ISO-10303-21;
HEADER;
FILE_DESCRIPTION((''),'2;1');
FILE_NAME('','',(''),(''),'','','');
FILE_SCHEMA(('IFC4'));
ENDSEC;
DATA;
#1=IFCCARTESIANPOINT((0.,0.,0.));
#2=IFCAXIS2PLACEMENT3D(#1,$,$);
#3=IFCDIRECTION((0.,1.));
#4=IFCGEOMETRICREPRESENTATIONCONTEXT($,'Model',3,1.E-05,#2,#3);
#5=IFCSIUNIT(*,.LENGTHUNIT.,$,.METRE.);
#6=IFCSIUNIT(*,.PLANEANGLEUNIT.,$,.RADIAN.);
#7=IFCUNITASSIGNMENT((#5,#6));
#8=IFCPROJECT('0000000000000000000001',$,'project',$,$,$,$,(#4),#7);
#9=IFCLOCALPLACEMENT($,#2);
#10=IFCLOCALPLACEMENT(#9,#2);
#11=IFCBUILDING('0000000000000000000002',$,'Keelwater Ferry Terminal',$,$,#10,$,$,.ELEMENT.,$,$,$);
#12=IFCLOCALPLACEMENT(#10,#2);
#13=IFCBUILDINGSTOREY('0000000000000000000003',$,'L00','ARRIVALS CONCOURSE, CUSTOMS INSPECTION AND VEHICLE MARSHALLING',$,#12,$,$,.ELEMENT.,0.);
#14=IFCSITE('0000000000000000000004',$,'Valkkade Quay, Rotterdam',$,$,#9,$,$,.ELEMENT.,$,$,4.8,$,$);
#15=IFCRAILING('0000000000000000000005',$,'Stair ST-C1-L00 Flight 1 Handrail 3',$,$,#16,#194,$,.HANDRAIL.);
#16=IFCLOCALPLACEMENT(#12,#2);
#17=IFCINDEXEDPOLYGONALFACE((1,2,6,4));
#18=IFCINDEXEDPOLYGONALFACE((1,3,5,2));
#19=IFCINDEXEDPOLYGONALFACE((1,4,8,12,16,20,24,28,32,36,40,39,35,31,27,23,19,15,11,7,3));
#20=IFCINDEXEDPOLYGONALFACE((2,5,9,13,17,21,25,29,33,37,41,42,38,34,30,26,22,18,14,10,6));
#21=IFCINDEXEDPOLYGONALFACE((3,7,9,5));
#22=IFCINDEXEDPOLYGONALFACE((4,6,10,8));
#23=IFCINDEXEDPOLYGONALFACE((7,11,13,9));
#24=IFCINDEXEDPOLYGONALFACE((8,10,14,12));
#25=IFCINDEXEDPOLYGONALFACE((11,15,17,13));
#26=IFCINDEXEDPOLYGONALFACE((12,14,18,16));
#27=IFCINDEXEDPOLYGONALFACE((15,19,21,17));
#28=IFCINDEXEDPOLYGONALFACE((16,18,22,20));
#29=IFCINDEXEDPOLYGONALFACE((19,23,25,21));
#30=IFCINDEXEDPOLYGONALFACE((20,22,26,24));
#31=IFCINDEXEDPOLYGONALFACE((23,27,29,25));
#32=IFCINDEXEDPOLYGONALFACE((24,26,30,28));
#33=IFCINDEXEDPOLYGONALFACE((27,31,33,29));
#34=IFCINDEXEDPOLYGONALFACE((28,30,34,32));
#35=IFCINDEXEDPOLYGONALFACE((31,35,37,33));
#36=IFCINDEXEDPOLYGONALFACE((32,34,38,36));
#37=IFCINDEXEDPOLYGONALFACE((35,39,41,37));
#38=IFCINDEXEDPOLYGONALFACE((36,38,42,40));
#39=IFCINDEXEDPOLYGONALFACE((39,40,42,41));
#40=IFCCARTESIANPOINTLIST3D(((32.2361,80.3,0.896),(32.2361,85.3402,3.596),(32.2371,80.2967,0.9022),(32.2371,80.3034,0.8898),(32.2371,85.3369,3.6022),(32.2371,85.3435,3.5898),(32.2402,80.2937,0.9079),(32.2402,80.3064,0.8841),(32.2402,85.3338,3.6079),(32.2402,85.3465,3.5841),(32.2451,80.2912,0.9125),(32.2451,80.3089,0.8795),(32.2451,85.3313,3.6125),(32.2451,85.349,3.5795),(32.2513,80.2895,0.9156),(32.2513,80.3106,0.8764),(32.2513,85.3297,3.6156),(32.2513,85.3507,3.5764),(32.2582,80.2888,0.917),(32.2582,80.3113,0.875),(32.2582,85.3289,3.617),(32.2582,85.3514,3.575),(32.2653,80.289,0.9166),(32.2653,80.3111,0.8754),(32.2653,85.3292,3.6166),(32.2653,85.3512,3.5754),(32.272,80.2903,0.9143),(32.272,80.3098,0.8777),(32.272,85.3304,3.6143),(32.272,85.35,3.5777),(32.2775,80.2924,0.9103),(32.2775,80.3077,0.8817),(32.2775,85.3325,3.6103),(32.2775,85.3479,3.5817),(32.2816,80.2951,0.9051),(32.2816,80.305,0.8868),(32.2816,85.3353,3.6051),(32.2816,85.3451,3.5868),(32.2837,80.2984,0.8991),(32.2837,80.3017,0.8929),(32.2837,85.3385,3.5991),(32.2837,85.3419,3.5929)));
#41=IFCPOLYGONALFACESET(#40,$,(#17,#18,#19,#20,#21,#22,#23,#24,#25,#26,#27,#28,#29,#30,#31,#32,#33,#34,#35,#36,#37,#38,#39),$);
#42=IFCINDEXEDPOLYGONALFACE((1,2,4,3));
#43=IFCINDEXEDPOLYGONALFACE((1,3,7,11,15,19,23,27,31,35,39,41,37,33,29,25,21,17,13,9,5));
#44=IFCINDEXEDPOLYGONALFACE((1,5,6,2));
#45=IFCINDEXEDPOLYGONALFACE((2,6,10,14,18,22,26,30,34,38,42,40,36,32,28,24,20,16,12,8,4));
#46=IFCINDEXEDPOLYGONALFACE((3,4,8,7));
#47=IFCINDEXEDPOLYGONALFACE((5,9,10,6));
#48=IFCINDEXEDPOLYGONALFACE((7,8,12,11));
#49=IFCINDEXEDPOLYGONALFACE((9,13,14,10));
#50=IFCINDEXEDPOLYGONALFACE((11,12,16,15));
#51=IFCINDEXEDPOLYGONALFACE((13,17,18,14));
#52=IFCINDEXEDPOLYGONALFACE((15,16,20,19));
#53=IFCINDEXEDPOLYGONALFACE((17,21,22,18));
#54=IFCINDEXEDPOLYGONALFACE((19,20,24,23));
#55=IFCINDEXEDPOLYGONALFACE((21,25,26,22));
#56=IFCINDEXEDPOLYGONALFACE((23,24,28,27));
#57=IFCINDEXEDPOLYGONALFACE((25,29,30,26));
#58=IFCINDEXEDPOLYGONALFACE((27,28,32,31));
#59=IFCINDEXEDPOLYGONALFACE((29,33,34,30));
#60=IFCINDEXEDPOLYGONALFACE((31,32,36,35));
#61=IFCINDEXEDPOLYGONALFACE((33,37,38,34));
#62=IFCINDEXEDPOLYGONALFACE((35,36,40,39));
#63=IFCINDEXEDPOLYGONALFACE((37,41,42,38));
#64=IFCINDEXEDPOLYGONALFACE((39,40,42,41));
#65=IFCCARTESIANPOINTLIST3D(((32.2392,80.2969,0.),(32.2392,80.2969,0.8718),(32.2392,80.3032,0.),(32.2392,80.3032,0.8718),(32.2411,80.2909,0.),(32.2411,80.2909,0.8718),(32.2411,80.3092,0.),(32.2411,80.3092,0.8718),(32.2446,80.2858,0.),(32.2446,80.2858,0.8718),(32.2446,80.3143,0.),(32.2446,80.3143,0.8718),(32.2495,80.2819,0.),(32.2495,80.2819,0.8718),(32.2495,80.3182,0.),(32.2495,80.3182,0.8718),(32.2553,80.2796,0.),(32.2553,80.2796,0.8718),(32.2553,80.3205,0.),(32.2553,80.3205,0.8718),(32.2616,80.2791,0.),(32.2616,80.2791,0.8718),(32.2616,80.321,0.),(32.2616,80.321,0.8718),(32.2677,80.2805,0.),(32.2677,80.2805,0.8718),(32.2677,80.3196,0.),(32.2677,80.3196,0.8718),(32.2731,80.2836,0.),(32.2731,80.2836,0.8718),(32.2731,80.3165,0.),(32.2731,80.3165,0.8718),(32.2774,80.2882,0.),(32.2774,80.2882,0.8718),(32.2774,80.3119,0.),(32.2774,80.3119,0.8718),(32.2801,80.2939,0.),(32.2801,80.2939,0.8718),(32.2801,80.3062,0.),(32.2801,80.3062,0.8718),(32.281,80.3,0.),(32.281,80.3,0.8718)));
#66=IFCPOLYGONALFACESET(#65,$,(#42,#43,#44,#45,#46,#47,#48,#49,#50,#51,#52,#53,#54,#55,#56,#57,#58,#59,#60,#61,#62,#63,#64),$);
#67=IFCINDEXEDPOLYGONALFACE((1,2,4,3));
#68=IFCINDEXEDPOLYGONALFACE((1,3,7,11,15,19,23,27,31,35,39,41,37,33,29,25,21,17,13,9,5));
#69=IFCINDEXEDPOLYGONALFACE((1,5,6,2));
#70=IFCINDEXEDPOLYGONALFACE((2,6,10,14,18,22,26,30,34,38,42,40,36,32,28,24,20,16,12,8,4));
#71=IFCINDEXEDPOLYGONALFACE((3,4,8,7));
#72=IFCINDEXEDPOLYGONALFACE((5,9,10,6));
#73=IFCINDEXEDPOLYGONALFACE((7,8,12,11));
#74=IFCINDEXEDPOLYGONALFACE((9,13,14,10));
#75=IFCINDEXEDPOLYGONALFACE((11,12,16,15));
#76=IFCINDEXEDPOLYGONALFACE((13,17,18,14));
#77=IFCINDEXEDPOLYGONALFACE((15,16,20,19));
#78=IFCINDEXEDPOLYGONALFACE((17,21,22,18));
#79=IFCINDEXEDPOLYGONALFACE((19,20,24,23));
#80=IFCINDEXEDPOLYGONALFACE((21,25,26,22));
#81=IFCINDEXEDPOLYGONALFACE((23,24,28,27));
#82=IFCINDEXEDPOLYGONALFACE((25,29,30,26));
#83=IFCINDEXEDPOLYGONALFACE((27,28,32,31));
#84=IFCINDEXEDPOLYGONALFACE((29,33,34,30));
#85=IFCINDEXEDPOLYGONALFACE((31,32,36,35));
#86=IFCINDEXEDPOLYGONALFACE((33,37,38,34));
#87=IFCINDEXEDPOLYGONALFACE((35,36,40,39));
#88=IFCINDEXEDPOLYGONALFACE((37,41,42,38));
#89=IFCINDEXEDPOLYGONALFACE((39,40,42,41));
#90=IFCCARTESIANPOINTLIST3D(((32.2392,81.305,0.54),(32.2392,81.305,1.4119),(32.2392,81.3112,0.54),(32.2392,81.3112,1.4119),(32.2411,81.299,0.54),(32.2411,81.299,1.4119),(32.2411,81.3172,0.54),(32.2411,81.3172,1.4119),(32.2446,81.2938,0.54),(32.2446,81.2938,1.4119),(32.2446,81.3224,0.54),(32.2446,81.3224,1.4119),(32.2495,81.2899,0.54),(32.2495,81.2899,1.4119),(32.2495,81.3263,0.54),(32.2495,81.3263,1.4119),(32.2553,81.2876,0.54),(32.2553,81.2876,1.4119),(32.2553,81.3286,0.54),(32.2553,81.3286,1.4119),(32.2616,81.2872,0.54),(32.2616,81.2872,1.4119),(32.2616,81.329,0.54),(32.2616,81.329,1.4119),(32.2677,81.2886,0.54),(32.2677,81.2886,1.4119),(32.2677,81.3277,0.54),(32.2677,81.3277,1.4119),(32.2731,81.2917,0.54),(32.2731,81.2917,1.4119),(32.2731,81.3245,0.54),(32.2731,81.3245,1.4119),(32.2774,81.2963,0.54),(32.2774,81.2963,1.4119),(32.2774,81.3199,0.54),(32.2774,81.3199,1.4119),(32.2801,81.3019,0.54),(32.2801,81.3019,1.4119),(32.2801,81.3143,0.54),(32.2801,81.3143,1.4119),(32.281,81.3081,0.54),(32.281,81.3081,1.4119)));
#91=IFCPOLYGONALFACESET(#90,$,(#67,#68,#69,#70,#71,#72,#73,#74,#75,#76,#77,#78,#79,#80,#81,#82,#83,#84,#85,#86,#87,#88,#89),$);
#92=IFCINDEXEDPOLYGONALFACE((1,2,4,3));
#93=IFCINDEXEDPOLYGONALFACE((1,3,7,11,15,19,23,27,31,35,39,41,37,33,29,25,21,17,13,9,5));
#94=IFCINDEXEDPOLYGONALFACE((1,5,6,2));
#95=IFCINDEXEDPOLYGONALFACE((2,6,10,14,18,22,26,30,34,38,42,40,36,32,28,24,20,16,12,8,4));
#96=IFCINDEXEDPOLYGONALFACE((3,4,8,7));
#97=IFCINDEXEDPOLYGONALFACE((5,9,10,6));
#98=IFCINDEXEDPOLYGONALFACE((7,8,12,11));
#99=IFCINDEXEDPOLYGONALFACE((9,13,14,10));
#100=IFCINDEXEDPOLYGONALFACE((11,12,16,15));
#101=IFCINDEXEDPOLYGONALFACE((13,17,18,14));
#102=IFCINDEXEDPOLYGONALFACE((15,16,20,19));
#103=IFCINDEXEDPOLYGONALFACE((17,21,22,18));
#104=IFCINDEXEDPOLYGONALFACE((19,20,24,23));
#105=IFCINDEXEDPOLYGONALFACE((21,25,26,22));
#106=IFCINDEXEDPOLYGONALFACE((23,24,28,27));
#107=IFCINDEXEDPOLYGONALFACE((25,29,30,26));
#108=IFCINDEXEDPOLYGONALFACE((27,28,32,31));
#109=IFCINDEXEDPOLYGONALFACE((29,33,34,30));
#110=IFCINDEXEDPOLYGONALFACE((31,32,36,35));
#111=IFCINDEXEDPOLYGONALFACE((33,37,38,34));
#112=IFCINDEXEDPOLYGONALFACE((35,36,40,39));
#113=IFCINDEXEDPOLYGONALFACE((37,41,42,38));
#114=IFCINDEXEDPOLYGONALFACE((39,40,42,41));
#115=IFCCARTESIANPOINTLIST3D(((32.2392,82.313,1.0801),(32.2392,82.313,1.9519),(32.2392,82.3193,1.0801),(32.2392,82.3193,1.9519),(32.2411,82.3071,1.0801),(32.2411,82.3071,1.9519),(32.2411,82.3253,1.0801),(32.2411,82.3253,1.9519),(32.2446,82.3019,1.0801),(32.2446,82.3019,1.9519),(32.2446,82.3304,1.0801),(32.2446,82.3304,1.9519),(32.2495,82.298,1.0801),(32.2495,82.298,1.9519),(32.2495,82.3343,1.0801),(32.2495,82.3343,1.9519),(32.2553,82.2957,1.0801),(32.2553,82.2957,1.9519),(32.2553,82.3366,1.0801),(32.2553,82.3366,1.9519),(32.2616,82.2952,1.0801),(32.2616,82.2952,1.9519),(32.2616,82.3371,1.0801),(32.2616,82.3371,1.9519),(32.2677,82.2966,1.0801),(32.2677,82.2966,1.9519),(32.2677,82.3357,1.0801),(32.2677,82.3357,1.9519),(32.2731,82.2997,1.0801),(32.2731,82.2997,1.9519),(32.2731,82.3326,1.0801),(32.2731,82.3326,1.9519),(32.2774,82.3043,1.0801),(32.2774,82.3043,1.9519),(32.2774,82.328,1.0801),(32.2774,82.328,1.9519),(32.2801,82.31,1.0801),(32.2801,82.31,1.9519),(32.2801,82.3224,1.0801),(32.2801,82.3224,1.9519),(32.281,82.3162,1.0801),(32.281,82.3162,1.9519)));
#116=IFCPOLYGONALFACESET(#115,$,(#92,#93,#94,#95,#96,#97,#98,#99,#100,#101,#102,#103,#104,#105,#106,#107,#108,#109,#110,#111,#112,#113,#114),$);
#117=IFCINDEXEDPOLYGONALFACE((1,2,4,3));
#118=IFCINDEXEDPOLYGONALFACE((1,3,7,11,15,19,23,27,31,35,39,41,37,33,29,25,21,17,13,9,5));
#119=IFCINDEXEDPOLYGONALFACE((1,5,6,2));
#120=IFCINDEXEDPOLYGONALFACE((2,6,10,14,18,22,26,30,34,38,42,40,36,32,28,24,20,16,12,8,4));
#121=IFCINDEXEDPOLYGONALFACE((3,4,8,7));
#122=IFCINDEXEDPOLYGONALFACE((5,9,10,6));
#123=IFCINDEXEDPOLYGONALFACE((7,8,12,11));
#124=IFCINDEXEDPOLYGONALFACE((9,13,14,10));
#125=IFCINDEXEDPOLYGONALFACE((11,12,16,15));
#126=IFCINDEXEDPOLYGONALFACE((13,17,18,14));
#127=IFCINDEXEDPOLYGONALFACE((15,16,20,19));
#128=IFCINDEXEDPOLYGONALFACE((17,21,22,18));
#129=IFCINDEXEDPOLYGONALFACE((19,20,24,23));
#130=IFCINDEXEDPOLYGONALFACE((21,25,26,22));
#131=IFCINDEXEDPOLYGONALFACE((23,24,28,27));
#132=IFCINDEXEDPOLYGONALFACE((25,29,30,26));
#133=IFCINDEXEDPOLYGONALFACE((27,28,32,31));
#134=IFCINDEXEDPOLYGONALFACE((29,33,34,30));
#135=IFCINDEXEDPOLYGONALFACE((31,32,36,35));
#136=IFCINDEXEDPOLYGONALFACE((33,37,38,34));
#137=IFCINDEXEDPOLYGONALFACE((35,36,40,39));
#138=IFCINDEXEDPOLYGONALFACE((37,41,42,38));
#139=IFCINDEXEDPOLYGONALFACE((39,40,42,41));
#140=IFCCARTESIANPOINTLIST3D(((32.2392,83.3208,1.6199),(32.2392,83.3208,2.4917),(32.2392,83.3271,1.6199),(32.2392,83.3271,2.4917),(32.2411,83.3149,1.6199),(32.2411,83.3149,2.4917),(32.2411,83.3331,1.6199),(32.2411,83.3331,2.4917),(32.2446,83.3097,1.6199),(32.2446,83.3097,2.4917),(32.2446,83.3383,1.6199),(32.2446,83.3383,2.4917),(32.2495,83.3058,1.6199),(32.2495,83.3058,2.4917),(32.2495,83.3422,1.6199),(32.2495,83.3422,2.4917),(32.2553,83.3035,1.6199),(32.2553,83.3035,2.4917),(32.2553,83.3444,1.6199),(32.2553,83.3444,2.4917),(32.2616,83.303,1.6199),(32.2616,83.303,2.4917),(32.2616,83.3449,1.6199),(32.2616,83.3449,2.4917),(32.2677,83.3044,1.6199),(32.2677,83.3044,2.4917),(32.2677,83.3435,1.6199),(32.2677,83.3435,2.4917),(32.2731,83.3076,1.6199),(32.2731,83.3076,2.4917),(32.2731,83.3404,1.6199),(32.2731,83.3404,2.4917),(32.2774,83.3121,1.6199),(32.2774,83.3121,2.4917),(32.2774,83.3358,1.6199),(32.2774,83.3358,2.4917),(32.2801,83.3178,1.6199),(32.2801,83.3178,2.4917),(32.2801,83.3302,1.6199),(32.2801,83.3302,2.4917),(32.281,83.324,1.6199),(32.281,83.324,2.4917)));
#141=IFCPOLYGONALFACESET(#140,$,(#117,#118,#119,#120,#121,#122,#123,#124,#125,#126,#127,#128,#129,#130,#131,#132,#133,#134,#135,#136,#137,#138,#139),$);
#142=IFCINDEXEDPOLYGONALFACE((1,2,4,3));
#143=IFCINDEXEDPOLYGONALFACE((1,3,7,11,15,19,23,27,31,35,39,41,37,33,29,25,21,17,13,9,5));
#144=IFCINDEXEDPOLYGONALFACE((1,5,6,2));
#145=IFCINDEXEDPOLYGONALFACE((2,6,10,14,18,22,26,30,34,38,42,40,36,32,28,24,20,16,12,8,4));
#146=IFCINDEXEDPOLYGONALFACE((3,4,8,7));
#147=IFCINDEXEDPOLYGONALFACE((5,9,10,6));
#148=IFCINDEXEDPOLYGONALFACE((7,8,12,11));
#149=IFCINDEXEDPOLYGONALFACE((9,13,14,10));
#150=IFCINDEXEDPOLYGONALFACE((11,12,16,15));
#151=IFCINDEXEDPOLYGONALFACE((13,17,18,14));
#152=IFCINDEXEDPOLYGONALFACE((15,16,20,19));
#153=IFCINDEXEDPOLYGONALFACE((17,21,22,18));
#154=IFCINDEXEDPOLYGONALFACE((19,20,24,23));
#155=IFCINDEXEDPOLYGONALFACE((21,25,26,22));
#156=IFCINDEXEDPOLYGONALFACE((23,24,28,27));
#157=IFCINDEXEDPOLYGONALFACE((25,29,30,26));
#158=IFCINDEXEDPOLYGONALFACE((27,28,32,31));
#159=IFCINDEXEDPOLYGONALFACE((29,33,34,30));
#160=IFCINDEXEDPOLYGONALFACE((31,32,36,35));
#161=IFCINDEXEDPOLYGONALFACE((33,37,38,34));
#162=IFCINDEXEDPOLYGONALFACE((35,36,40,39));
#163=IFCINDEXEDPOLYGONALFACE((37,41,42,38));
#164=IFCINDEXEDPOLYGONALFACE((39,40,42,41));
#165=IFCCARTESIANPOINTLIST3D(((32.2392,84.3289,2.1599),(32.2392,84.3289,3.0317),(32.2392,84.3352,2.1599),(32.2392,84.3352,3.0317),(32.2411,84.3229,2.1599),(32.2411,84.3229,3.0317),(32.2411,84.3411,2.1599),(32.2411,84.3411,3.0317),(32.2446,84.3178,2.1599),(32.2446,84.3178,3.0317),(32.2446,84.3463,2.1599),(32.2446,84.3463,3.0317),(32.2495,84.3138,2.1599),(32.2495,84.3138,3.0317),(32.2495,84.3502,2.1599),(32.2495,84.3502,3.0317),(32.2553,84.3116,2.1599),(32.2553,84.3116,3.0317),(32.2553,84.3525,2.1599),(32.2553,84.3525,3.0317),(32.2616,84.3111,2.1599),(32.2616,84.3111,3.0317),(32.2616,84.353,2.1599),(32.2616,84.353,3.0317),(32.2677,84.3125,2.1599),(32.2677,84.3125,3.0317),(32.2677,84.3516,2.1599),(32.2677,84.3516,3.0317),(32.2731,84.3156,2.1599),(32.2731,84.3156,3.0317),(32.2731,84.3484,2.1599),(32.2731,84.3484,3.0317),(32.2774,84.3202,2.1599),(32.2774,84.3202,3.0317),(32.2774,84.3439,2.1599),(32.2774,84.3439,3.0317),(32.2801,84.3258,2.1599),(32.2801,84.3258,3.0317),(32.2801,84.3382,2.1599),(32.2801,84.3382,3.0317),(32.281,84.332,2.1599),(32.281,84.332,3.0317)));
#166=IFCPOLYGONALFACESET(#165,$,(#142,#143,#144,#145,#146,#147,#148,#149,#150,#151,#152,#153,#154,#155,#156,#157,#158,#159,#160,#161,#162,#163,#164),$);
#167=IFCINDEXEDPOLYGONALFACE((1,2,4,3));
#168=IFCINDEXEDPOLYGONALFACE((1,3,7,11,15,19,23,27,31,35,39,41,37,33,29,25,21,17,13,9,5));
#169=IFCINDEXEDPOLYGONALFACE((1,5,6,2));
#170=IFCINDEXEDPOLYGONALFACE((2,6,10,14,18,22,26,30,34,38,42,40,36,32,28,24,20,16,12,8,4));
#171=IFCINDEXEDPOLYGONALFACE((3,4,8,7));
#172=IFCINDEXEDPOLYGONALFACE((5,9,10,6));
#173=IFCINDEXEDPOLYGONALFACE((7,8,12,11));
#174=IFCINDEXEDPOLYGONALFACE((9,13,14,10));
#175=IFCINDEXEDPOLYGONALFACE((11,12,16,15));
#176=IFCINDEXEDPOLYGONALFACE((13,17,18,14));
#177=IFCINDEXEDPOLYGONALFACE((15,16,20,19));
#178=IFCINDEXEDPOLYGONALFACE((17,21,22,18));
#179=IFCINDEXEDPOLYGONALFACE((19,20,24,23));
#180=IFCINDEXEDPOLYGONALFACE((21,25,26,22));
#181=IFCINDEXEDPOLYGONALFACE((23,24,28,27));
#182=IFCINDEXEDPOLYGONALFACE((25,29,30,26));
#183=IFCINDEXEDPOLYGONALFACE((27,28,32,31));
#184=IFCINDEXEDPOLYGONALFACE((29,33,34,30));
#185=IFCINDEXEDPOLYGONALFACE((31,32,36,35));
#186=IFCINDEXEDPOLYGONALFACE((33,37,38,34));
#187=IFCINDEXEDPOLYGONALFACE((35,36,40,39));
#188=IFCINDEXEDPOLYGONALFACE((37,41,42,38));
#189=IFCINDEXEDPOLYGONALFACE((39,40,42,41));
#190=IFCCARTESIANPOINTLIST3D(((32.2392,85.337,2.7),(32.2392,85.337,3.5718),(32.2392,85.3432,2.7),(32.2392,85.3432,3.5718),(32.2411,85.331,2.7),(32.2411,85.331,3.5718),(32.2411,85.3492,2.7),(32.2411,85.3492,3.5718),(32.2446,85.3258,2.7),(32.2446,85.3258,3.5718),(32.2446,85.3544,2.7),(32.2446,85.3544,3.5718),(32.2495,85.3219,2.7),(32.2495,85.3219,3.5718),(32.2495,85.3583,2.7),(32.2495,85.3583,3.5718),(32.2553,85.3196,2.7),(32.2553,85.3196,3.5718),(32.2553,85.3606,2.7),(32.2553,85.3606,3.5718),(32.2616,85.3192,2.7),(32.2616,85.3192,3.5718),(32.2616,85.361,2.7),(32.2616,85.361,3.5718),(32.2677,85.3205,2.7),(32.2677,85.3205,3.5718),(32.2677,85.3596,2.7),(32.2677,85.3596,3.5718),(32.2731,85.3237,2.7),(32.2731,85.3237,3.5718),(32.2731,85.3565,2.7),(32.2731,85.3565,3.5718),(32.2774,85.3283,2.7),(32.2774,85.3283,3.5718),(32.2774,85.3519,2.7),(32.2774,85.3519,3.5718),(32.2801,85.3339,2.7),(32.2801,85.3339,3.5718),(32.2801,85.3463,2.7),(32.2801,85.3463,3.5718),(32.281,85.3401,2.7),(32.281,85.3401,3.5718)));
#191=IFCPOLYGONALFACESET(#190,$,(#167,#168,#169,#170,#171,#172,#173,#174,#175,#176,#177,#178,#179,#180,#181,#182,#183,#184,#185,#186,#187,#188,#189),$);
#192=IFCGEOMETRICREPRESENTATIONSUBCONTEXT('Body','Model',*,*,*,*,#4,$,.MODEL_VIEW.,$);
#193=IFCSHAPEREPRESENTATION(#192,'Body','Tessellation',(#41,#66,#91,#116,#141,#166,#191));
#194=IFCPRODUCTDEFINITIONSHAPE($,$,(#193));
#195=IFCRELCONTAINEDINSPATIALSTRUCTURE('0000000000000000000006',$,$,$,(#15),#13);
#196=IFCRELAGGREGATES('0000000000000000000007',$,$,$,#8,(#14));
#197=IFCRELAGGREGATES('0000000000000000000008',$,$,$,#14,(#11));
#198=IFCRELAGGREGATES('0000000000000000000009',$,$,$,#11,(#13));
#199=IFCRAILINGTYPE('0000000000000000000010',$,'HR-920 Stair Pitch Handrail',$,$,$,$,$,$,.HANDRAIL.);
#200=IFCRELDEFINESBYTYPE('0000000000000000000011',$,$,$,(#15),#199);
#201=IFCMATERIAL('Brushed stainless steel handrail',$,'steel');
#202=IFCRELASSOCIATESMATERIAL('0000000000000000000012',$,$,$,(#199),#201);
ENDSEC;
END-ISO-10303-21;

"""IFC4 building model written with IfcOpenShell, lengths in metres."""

from ifc_helpers import new_model, si_unit, direction, frame, origin, origin_2d, place, context, subcontext, project, spatial, circle, extrude, material, type_object, element, save


model = new_model("IFC4")

# Units and contexts
model_context = context("Model", 3, precision=1e-05, world=origin(), true_north=direction((0.0, 1.0)))
body_context = subcontext(model_context, "Body", "Model", "MODEL_VIEW")
ifc_project = project(units=[si_unit("LENGTHUNIT", "METRE"), si_unit("PLANEANGLEUNIT", "RADIAN")], contexts=[model_context])

# Site, building, storey
site_placement = place(None, origin())
site = spatial("IfcSite", under=ifc_project, at=site_placement, Name="Valkkade Quay, Rotterdam", CompositionType="ELEMENT", RefElevation=4.8)
building_placement = place(site_placement, origin())
building = spatial("IfcBuilding", under=site, at=building_placement, Name="Keelwater Ferry Terminal", CompositionType="ELEMENT")
storey_placement = place(building_placement, origin())
storey = spatial("IfcBuildingStorey", under=building, at=storey_placement, Name="L00", Description="ARRIVALS CONCOURSE, CUSTOMS INSPECTION AND VEHICLE MARSHALLING", CompositionType="ELEMENT", Elevation=0.0)

# Railing
ifc_material_1 = material(Name="Brushed stainless steel handrail", Category="steel")
railing_type_1 = type_object("IfcRailingType", Name="HR-920 Stair Pitch Handrail", PredefinedType="HANDRAIL", material=ifc_material_1)
railing_1_placement = place(storey_placement, frame((32.26, 80.3, 0.0)))
element("IfcRailing", 1, at=railing_1_placement, inside=storey, type_object=railing_type_1, Name="Stair ST-C1-L00 Flight 1 Handrail 3", PredefinedType="HANDRAIL", context=body_context, shape_type="SweptSolid", body=[
    extrude(circle(Radius=0.0239, at=origin_2d()), frame((0.0, 0.0, 0.896), z_axis=(0.0, 0.881485, 0.472212), x_axis=(-1.0, 0.0, 0.0)), (0.0, 0.0, 1.0), 5.7178),
    extrude(circle(Radius=0.021, at=origin_2d()), origin(), (0.0, 0.0, 1.0), 0.8718),
    extrude(circle(Radius=0.021, at=origin_2d()), frame((0.0, 1.0081, 0.54)), (0.0, 0.0, 1.0), 0.8718),
    extrude(circle(Radius=0.021, at=origin_2d()), frame((0.0, 2.0161, 1.0801)), (0.0, 0.0, 1.0), 0.8718),
    extrude(circle(Radius=0.021, at=origin_2d()), frame((0.0, 3.0239, 1.6199)), (0.0, 0.0, 1.0), 0.8718),
    extrude(circle(Radius=0.021, at=origin_2d()), frame((0.0, 4.032, 2.1599)), (0.0, 0.0, 1.0), 0.8718),
    extrude(circle(Radius=0.021, at=origin_2d()), frame((0.0, 5.04, 2.7)), (0.0, 0.0, 1.0), 0.8718),
])

save(model, "model.ifc")
